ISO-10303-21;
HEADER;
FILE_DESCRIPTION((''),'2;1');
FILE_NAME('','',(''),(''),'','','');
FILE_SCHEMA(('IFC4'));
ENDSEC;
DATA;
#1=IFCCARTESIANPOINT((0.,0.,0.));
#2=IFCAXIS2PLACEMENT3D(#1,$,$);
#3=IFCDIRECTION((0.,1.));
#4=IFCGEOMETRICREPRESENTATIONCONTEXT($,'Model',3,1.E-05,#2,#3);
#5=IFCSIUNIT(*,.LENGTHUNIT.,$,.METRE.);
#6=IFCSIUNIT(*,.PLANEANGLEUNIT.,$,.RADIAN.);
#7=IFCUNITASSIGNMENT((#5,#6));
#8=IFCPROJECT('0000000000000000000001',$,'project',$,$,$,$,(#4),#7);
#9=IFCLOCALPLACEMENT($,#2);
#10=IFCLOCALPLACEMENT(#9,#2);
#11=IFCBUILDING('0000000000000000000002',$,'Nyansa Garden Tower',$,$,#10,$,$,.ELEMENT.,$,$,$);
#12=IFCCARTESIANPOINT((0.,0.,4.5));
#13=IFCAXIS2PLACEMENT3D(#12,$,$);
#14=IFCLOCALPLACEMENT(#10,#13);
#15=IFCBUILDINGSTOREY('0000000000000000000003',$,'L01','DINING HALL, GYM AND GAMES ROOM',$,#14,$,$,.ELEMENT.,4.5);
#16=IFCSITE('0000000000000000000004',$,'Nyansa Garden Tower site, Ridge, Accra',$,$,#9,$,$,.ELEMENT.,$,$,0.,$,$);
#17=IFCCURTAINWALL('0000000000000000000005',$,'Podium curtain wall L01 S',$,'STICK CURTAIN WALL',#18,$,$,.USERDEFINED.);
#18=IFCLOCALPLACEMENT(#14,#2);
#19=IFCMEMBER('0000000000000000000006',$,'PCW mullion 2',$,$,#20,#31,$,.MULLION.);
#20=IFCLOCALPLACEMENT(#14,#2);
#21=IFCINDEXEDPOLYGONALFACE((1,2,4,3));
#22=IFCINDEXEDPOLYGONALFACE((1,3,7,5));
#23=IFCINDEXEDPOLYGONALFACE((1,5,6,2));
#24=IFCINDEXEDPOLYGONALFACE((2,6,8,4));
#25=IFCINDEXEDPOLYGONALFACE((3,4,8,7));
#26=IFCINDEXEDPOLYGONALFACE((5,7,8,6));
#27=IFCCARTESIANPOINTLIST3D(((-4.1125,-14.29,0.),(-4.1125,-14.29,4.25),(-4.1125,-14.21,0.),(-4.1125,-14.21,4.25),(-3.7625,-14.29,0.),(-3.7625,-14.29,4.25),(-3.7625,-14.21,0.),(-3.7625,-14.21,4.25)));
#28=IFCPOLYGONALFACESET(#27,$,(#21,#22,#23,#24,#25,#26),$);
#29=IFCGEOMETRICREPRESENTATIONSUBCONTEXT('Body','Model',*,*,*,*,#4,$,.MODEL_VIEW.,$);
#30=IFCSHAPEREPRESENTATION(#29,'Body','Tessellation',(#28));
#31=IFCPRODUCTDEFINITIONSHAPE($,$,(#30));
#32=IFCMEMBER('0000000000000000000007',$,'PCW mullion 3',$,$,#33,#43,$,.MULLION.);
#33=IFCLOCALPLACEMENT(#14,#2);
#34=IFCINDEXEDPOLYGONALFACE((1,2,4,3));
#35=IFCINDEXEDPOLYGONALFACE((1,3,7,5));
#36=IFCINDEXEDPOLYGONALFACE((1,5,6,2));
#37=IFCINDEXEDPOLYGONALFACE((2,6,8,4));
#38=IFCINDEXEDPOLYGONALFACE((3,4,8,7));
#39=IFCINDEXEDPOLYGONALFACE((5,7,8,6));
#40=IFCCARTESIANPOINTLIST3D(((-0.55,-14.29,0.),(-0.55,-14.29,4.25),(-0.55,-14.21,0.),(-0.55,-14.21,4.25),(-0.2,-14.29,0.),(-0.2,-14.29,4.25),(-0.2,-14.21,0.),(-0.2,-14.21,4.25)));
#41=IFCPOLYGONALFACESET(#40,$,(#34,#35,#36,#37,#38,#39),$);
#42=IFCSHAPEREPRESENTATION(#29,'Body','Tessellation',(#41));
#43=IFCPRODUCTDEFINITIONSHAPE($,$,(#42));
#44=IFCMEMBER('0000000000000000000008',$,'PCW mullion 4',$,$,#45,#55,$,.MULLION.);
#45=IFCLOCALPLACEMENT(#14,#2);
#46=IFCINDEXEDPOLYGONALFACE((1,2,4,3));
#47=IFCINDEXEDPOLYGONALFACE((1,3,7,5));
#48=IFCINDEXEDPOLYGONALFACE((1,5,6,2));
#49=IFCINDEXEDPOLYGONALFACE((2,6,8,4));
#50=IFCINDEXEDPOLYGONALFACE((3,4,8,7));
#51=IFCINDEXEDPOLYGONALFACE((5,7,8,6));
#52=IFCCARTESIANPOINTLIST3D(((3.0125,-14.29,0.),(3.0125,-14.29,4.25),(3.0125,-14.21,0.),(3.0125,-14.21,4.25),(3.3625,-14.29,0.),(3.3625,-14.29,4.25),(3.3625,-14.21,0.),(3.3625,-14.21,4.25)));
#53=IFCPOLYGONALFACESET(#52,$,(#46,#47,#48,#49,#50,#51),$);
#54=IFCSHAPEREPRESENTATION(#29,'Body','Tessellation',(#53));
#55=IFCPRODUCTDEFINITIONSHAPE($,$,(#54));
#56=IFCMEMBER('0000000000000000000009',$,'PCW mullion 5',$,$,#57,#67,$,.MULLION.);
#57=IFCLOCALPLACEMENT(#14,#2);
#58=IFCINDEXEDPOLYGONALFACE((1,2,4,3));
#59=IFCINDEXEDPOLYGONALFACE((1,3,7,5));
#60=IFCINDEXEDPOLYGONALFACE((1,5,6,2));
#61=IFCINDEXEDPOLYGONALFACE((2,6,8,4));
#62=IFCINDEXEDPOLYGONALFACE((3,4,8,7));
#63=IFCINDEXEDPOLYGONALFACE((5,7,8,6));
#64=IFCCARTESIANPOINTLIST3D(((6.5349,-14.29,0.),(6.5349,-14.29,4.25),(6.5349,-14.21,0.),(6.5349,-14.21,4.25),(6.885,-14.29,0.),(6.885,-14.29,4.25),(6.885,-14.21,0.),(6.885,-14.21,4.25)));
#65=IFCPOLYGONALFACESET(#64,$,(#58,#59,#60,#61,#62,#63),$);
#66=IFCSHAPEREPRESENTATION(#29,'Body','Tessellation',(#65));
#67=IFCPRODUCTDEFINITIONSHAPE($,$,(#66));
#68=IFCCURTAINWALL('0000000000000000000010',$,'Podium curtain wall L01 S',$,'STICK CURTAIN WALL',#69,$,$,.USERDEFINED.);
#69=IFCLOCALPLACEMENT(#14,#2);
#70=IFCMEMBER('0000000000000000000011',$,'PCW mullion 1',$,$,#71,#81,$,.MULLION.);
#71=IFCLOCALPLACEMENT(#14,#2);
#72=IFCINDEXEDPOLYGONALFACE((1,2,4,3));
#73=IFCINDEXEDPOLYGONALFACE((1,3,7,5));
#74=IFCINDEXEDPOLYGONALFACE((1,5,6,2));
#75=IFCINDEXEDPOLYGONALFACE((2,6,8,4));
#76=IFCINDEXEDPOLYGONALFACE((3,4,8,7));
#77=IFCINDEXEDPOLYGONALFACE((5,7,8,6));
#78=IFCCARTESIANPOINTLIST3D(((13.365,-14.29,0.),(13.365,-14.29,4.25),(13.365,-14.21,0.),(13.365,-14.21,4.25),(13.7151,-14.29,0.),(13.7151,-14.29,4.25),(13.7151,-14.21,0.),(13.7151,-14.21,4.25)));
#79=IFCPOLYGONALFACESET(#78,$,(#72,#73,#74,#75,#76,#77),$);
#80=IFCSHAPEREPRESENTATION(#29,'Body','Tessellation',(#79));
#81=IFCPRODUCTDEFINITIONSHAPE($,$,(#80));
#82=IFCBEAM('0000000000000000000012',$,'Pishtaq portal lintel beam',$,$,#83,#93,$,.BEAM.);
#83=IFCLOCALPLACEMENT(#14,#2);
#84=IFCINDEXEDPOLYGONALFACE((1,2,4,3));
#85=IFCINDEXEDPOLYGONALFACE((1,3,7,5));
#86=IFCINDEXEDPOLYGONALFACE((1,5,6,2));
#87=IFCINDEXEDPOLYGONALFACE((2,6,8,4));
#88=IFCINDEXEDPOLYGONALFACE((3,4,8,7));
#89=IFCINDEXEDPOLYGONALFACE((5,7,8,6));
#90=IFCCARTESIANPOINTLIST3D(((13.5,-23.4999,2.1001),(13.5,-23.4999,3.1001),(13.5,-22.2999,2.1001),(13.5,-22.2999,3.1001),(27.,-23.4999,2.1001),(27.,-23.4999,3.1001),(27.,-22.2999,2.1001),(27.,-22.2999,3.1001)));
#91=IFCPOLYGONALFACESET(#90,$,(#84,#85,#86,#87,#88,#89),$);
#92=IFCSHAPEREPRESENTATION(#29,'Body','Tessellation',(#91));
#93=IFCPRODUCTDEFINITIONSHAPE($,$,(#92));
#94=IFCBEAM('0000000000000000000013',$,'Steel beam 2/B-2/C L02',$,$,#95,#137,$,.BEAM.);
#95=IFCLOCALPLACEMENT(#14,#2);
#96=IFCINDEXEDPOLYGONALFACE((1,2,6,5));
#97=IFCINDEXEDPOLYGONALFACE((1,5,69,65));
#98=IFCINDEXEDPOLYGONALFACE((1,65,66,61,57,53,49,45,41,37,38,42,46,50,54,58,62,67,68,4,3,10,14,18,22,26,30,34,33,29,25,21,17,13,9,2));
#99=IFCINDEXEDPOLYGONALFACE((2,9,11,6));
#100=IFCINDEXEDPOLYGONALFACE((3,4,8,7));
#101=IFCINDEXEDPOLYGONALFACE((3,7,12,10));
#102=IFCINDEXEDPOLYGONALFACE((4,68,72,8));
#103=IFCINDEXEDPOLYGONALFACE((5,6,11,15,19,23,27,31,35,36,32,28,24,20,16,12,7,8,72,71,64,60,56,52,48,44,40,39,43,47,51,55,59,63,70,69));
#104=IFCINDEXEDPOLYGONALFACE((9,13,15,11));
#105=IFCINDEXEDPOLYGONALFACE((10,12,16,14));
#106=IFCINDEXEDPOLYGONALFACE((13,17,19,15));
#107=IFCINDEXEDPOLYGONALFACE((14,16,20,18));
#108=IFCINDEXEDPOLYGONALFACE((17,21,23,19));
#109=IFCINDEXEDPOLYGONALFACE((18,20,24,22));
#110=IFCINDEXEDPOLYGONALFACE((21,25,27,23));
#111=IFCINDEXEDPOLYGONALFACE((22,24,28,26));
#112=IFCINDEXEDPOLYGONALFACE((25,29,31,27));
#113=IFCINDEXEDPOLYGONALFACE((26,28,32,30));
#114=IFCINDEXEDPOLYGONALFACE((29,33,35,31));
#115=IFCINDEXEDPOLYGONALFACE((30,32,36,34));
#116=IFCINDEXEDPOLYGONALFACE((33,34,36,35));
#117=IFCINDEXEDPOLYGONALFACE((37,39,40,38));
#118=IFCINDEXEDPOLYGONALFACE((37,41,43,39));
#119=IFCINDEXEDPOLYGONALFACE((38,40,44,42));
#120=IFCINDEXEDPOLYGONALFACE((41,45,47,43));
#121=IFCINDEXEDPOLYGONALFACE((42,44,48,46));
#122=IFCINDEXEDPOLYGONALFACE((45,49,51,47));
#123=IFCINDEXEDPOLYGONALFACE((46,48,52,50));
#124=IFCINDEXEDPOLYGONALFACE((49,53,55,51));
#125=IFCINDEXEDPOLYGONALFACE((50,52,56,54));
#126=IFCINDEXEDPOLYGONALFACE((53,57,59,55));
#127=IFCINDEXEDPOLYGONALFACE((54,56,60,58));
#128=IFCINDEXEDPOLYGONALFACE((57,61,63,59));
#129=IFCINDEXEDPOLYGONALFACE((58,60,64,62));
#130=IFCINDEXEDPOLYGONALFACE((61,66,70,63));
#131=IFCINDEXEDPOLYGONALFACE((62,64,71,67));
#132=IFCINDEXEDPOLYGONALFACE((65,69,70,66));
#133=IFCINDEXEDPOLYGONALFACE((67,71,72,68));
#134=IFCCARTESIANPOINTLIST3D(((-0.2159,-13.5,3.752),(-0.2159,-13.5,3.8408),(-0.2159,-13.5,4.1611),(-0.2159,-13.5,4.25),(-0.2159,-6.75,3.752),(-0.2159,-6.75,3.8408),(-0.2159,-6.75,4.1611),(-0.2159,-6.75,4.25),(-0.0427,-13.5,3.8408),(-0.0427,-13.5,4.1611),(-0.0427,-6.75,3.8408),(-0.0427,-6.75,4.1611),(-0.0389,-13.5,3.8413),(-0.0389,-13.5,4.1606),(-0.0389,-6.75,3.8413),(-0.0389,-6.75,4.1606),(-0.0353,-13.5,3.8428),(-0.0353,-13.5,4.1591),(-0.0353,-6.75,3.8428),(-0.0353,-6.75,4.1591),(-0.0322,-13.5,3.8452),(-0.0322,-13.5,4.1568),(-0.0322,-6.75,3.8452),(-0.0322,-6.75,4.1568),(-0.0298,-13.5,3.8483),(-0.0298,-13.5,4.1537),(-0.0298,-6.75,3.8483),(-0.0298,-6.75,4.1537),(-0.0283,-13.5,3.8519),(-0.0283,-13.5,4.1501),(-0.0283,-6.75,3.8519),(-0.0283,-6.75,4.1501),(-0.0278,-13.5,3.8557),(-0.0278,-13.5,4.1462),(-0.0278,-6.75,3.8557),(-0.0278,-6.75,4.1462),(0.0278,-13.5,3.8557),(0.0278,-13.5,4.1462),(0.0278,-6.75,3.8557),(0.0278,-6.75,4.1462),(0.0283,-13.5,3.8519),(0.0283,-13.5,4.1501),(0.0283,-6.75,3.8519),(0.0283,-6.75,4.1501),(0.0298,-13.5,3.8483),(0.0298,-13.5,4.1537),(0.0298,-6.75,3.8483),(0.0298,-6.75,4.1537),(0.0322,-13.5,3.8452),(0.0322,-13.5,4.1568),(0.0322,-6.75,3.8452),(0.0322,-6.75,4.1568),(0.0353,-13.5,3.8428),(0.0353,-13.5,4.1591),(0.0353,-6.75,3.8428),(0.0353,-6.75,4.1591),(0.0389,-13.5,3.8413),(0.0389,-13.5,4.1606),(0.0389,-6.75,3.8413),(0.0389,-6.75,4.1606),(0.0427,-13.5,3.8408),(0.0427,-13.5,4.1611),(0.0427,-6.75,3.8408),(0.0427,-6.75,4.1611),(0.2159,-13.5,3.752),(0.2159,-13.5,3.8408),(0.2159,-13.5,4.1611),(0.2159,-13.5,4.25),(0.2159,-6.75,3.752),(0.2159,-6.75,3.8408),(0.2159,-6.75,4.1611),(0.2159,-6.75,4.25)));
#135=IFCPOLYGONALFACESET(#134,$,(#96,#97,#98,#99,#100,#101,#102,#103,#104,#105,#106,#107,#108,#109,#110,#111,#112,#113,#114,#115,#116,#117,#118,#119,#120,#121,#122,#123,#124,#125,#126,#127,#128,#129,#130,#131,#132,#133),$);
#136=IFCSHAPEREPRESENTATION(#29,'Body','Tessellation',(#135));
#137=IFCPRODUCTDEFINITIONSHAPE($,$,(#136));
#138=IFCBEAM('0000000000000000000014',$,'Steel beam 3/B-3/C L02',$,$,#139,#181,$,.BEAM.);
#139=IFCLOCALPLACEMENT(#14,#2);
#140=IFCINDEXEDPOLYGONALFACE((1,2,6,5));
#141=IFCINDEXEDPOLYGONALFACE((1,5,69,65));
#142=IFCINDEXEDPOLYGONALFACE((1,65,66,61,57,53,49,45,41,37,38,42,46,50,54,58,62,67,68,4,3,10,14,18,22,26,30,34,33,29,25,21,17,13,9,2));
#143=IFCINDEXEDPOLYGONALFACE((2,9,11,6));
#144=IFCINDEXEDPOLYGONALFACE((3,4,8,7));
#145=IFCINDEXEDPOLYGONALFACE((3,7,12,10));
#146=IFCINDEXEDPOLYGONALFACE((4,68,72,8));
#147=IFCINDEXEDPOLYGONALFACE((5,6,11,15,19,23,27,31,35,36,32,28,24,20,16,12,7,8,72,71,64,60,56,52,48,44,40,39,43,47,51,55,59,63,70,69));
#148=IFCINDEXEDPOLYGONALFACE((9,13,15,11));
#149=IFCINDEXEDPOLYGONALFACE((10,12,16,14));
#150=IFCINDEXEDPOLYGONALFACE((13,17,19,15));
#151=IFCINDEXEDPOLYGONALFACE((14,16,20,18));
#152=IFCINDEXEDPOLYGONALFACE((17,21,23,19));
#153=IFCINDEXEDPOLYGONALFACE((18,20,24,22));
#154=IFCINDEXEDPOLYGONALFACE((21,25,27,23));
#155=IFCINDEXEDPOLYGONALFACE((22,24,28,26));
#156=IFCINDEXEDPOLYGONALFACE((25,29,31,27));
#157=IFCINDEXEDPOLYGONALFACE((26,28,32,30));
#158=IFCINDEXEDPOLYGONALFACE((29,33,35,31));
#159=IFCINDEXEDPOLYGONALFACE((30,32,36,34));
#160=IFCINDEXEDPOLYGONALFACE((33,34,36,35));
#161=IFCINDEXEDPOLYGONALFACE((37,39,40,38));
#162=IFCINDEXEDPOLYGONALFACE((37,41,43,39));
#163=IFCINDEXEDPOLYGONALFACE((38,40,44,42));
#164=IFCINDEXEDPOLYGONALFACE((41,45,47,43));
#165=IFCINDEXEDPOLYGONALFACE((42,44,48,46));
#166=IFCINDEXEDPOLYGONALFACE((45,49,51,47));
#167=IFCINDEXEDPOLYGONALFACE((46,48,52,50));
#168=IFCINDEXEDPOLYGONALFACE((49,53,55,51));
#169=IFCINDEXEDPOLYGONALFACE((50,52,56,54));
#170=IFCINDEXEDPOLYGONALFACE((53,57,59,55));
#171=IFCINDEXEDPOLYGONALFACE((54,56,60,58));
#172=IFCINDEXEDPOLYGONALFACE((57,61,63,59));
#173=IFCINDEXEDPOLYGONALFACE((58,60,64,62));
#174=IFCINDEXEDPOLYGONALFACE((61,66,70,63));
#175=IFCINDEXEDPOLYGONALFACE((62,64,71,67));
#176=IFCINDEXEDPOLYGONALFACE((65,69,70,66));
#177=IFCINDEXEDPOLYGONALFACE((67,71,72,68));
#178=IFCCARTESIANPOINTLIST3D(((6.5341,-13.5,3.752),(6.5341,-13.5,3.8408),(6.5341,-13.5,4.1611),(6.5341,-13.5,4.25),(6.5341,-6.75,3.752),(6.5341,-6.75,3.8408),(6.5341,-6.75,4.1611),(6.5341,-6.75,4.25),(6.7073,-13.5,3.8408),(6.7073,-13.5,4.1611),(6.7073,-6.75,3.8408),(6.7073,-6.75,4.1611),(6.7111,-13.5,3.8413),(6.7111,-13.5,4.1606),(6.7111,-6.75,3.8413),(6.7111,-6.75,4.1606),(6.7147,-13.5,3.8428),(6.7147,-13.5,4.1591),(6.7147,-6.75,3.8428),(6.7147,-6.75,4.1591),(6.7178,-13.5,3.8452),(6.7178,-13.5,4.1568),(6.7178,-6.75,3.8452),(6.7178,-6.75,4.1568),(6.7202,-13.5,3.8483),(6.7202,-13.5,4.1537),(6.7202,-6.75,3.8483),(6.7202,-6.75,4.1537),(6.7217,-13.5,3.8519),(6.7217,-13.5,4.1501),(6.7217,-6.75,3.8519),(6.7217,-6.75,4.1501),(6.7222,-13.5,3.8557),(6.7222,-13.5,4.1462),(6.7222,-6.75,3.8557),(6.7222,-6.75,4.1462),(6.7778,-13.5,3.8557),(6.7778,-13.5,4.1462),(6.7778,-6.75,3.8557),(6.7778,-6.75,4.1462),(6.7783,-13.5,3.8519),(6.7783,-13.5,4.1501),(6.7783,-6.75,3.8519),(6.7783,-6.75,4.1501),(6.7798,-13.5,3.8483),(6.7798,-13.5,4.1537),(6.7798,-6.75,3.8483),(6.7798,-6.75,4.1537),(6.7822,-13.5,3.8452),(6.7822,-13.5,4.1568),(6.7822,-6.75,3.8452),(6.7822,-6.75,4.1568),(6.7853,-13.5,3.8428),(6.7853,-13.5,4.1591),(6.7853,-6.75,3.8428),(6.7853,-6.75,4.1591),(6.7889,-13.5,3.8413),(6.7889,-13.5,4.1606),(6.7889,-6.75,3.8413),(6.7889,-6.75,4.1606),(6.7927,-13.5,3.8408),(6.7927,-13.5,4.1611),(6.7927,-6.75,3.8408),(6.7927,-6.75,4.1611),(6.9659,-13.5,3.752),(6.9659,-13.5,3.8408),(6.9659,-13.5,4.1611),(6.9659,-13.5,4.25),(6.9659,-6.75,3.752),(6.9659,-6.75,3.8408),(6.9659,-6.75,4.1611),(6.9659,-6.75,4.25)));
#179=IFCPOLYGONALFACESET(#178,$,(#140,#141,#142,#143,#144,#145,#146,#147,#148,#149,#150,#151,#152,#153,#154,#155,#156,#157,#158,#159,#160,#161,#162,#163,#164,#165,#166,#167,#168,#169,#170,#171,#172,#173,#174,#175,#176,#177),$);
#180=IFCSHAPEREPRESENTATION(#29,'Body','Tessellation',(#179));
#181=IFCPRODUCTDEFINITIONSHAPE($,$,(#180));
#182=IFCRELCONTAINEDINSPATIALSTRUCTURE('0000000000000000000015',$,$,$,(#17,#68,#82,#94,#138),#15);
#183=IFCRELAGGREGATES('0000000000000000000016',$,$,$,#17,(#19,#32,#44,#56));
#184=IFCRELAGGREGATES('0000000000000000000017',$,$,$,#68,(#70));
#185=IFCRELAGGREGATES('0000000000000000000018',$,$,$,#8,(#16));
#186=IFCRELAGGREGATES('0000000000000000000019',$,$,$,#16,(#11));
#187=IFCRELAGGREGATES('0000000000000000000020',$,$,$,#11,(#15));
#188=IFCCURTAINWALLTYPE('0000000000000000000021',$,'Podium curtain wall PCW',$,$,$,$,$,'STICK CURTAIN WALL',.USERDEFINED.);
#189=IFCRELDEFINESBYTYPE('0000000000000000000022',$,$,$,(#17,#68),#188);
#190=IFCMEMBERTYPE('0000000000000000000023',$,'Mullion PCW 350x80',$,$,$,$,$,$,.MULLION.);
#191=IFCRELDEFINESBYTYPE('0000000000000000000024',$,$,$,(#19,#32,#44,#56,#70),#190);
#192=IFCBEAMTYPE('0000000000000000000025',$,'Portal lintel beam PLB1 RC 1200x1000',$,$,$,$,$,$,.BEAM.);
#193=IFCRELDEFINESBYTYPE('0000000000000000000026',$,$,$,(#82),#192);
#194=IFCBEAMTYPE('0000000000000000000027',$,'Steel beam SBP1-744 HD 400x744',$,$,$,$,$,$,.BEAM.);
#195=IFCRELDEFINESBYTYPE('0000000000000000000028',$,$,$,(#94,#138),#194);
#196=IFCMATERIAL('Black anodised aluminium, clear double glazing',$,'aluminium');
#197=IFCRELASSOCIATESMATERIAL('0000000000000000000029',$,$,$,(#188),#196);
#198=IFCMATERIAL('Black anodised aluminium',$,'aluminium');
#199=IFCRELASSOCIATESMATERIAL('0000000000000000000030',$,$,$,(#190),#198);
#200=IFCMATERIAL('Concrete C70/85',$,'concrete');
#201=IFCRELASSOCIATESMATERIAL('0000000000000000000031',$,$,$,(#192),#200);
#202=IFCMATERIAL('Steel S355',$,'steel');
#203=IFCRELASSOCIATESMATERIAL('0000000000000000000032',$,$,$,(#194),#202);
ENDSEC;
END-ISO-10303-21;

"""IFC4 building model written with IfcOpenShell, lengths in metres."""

from ifc_helpers import new_model, si_unit, direction, frame, origin, origin_2d, place, context, subcontext, project, spatial, rectangle, i_section, extrude, material, material_profile, profile_set, type_object, element, aggregate, save


model = new_model("IFC4")

# Units and contexts
model_context = context("Model", 3, precision=1e-05, world=origin(), true_north=direction((0.0, 1.0)))
body_context = subcontext(model_context, "Body", "Model", "MODEL_VIEW")
ifc_project = project(units=[si_unit("LENGTHUNIT", "METRE"), si_unit("PLANEANGLEUNIT", "RADIAN")], contexts=[model_context])

# Site, building, storey
site_placement = place(None, origin())
site = spatial("IfcSite", under=ifc_project, at=site_placement, Name="Nyansa Garden Tower site, Ridge, Accra", CompositionType="ELEMENT", RefElevation=0.0)
building_placement = place(site_placement, origin())
building = spatial("IfcBuilding", under=site, at=building_placement, Name="Nyansa Garden Tower", CompositionType="ELEMENT")
storey_placement = place(building_placement, frame((0.0, 0.0, 4.5)))
storey = spatial("IfcBuildingStorey", under=building, at=storey_placement, Name="L01", Description="DINING HALL, GYM AND GAMES ROOM", CompositionType="ELEMENT", Elevation=4.5)

# Shared definitions
ifc_material_1 = material(Name="Black anodised aluminium, clear double glazing", Category="aluminium")
curtain_wall_type = type_object("IfcCurtainWallType", Name="Podium curtain wall PCW", ElementType="STICK CURTAIN WALL", PredefinedType="USERDEFINED", material=ifc_material_1)
ifc_material_2 = material(Name="Black anodised aluminium", Category="aluminium")
ifc_material_profile_1 = material_profile(ifc_material_2, rectangle(XDim=0.0801, YDim=0.3501, at=origin_2d()), Name="Mullion 350x80")
ifc_profile_set_1 = profile_set([ifc_material_profile_1], Name="Black anodised aluminium")
member_type_1 = type_object("IfcMemberType", Name="Mullion PCW 350x80", PredefinedType="MULLION", material=ifc_profile_set_1)

# Curtain wall, members
curtain_wall_1_placement = place(storey_placement, origin())
curtain_wall_1 = element("IfcCurtainWall", 1, at=curtain_wall_1_placement, inside=storey, type_object=curtain_wall_type, Name="Podium curtain wall L01 S", ObjectType="STICK CURTAIN WALL", PredefinedType="USERDEFINED")
member_1_placement = place(storey_placement, frame((-3.9375, -14.25, 0.0), z_axis=(0.0, 0.0, 1.0), x_axis=(0.0, 1.0, 0.0)))
member_1 = element("IfcMember", 2, at=member_1_placement, type_object=member_type_1, Name="PCW mullion 2", PredefinedType="MULLION", context=body_context, shape_type="SweptSolid", body=[
    extrude(rectangle(XDim=0.0801, YDim=0.3501, at=origin_2d()), origin(), (0.0, 0.0, 1.0), 4.25),
])
member_2_placement = place(storey_placement, frame((-0.375, -14.25, 0.0), z_axis=(0.0, 0.0, 1.0), x_axis=(0.0, 1.0, 0.0)))
member_2 = element("IfcMember", 3, at=member_2_placement, type_object=member_type_1, Name="PCW mullion 3", PredefinedType="MULLION", context=body_context, shape_type="SweptSolid", body=[
    extrude(rectangle(XDim=0.0801, YDim=0.3501, at=origin_2d()), origin(), (0.0, 0.0, 1.0), 4.25),
])
member_3_placement = place(storey_placement, frame((3.1875, -14.25, 0.0), z_axis=(0.0, 0.0, 1.0), x_axis=(0.0, 1.0, 0.0)))
member_3 = element("IfcMember", 4, at=member_3_placement, type_object=member_type_1, Name="PCW mullion 4", PredefinedType="MULLION", context=body_context, shape_type="SweptSolid", body=[
    extrude(rectangle(XDim=0.0801, YDim=0.3501, at=origin_2d()), origin(), (0.0, 0.0, 1.0), 4.25),
])
member_4_placement = place(storey_placement, frame((6.71, -14.25, 0.0), z_axis=(0.0, 0.0, 1.0), x_axis=(0.0, 1.0, 0.0)))
member_4 = element("IfcMember", 5, at=member_4_placement, type_object=member_type_1, Name="PCW mullion 5", PredefinedType="MULLION", context=body_context, shape_type="SweptSolid", body=[
    extrude(rectangle(XDim=0.0801, YDim=0.3501, at=origin_2d()), origin(), (0.0, 0.0, 1.0), 4.25),
])

# Curtain wall, member
curtain_wall_2_placement = place(storey_placement, origin())
curtain_wall_2 = element("IfcCurtainWall", 6, at=curtain_wall_2_placement, inside=storey, type_object=curtain_wall_type, Name="Podium curtain wall L01 S", ObjectType="STICK CURTAIN WALL", PredefinedType="USERDEFINED")
member_5_placement = place(storey_placement, frame((13.54, -14.25, 0.0), z_axis=(0.0, 0.0, 1.0), x_axis=(0.0, 1.0, 0.0)))
member_5 = element("IfcMember", 7, at=member_5_placement, type_object=member_type_1, Name="PCW mullion 1", PredefinedType="MULLION", context=body_context, shape_type="SweptSolid", body=[
    extrude(rectangle(XDim=0.0801, YDim=0.3501, at=origin_2d()), origin(), (0.0, 0.0, 1.0), 4.25),
])

# Beams
ifc_material_3 = material(Name="Concrete C70/85", Category="concrete")
ifc_material_profile_2 = material_profile(ifc_material_3, rectangle(XDim=1.2, YDim=1.0, at=origin_2d()), Name="RC 1200x1000")
ifc_profile_set_2 = profile_set([ifc_material_profile_2], Name="Concrete C70/85")
beam_type_1 = type_object("IfcBeamType", Name="Portal lintel beam PLB1 RC 1200x1000", PredefinedType="BEAM", material=ifc_profile_set_2)
beam_placement = place(storey_placement, frame((13.5, -22.8999, 2.6001), z_axis=(1.0, 0.0, 0.0), x_axis=(0.0, 1.0, 0.0)))
element("IfcBeam", 8, at=beam_placement, inside=storey, type_object=beam_type_1, Name="Pishtaq portal lintel beam", PredefinedType="BEAM", context=body_context, shape_type="SweptSolid", body=[
    extrude(rectangle(XDim=1.2, YDim=1.0, at=origin_2d()), origin(), (0.0, 0.0, 1.0), 13.5),
])
ifc_material_4 = material(Name="Steel S355", Category="steel")
ifc_material_profile_3 = material_profile(ifc_material_4, i_section(OverallWidth=0.4319, OverallDepth=0.498, WebThickness=0.0557, FlangeThickness=0.0889, FilletRadius=0.0149, at=origin_2d()), Name="HD 400x744")
ifc_profile_set_3 = profile_set([ifc_material_profile_3], Name="Steel S355")
beam_type_2 = type_object("IfcBeamType", Name="Steel beam SBP1-744 HD 400x744", PredefinedType="BEAM", material=ifc_profile_set_3)
for number, where, z_axis, x_axis, name in (
    (9, (0.0, -13.5, 4.001), (0.0, 1.0, 0.0), (-1.0, 0.0, 0.0), "Steel beam 2/B-2/C L02"),
    (10, (6.75, -13.5, 4.001), (0.0, 1.0, 0.0), (-1.0, 0.0, 0.0), "Steel beam 3/B-3/C L02"),
):
    element("IfcBeam", number, at=place(storey_placement, frame(where, z_axis=z_axis, x_axis=x_axis)), inside=storey, type_object=beam_type_2, Name=name, PredefinedType="BEAM", context=body_context, shape_type="SweptSolid", body=[
        extrude(i_section(OverallWidth=0.4319, OverallDepth=0.498, WebThickness=0.0557, FlangeThickness=0.0889, FilletRadius=0.0149, at=origin_2d()), origin(), (0.0, 0.0, 1.0), 6.75),
    ])

aggregate(curtain_wall_1, [member_1, member_2, member_3, member_4])
aggregate(curtain_wall_2, [member_5])

save(model, "model.ifc")
